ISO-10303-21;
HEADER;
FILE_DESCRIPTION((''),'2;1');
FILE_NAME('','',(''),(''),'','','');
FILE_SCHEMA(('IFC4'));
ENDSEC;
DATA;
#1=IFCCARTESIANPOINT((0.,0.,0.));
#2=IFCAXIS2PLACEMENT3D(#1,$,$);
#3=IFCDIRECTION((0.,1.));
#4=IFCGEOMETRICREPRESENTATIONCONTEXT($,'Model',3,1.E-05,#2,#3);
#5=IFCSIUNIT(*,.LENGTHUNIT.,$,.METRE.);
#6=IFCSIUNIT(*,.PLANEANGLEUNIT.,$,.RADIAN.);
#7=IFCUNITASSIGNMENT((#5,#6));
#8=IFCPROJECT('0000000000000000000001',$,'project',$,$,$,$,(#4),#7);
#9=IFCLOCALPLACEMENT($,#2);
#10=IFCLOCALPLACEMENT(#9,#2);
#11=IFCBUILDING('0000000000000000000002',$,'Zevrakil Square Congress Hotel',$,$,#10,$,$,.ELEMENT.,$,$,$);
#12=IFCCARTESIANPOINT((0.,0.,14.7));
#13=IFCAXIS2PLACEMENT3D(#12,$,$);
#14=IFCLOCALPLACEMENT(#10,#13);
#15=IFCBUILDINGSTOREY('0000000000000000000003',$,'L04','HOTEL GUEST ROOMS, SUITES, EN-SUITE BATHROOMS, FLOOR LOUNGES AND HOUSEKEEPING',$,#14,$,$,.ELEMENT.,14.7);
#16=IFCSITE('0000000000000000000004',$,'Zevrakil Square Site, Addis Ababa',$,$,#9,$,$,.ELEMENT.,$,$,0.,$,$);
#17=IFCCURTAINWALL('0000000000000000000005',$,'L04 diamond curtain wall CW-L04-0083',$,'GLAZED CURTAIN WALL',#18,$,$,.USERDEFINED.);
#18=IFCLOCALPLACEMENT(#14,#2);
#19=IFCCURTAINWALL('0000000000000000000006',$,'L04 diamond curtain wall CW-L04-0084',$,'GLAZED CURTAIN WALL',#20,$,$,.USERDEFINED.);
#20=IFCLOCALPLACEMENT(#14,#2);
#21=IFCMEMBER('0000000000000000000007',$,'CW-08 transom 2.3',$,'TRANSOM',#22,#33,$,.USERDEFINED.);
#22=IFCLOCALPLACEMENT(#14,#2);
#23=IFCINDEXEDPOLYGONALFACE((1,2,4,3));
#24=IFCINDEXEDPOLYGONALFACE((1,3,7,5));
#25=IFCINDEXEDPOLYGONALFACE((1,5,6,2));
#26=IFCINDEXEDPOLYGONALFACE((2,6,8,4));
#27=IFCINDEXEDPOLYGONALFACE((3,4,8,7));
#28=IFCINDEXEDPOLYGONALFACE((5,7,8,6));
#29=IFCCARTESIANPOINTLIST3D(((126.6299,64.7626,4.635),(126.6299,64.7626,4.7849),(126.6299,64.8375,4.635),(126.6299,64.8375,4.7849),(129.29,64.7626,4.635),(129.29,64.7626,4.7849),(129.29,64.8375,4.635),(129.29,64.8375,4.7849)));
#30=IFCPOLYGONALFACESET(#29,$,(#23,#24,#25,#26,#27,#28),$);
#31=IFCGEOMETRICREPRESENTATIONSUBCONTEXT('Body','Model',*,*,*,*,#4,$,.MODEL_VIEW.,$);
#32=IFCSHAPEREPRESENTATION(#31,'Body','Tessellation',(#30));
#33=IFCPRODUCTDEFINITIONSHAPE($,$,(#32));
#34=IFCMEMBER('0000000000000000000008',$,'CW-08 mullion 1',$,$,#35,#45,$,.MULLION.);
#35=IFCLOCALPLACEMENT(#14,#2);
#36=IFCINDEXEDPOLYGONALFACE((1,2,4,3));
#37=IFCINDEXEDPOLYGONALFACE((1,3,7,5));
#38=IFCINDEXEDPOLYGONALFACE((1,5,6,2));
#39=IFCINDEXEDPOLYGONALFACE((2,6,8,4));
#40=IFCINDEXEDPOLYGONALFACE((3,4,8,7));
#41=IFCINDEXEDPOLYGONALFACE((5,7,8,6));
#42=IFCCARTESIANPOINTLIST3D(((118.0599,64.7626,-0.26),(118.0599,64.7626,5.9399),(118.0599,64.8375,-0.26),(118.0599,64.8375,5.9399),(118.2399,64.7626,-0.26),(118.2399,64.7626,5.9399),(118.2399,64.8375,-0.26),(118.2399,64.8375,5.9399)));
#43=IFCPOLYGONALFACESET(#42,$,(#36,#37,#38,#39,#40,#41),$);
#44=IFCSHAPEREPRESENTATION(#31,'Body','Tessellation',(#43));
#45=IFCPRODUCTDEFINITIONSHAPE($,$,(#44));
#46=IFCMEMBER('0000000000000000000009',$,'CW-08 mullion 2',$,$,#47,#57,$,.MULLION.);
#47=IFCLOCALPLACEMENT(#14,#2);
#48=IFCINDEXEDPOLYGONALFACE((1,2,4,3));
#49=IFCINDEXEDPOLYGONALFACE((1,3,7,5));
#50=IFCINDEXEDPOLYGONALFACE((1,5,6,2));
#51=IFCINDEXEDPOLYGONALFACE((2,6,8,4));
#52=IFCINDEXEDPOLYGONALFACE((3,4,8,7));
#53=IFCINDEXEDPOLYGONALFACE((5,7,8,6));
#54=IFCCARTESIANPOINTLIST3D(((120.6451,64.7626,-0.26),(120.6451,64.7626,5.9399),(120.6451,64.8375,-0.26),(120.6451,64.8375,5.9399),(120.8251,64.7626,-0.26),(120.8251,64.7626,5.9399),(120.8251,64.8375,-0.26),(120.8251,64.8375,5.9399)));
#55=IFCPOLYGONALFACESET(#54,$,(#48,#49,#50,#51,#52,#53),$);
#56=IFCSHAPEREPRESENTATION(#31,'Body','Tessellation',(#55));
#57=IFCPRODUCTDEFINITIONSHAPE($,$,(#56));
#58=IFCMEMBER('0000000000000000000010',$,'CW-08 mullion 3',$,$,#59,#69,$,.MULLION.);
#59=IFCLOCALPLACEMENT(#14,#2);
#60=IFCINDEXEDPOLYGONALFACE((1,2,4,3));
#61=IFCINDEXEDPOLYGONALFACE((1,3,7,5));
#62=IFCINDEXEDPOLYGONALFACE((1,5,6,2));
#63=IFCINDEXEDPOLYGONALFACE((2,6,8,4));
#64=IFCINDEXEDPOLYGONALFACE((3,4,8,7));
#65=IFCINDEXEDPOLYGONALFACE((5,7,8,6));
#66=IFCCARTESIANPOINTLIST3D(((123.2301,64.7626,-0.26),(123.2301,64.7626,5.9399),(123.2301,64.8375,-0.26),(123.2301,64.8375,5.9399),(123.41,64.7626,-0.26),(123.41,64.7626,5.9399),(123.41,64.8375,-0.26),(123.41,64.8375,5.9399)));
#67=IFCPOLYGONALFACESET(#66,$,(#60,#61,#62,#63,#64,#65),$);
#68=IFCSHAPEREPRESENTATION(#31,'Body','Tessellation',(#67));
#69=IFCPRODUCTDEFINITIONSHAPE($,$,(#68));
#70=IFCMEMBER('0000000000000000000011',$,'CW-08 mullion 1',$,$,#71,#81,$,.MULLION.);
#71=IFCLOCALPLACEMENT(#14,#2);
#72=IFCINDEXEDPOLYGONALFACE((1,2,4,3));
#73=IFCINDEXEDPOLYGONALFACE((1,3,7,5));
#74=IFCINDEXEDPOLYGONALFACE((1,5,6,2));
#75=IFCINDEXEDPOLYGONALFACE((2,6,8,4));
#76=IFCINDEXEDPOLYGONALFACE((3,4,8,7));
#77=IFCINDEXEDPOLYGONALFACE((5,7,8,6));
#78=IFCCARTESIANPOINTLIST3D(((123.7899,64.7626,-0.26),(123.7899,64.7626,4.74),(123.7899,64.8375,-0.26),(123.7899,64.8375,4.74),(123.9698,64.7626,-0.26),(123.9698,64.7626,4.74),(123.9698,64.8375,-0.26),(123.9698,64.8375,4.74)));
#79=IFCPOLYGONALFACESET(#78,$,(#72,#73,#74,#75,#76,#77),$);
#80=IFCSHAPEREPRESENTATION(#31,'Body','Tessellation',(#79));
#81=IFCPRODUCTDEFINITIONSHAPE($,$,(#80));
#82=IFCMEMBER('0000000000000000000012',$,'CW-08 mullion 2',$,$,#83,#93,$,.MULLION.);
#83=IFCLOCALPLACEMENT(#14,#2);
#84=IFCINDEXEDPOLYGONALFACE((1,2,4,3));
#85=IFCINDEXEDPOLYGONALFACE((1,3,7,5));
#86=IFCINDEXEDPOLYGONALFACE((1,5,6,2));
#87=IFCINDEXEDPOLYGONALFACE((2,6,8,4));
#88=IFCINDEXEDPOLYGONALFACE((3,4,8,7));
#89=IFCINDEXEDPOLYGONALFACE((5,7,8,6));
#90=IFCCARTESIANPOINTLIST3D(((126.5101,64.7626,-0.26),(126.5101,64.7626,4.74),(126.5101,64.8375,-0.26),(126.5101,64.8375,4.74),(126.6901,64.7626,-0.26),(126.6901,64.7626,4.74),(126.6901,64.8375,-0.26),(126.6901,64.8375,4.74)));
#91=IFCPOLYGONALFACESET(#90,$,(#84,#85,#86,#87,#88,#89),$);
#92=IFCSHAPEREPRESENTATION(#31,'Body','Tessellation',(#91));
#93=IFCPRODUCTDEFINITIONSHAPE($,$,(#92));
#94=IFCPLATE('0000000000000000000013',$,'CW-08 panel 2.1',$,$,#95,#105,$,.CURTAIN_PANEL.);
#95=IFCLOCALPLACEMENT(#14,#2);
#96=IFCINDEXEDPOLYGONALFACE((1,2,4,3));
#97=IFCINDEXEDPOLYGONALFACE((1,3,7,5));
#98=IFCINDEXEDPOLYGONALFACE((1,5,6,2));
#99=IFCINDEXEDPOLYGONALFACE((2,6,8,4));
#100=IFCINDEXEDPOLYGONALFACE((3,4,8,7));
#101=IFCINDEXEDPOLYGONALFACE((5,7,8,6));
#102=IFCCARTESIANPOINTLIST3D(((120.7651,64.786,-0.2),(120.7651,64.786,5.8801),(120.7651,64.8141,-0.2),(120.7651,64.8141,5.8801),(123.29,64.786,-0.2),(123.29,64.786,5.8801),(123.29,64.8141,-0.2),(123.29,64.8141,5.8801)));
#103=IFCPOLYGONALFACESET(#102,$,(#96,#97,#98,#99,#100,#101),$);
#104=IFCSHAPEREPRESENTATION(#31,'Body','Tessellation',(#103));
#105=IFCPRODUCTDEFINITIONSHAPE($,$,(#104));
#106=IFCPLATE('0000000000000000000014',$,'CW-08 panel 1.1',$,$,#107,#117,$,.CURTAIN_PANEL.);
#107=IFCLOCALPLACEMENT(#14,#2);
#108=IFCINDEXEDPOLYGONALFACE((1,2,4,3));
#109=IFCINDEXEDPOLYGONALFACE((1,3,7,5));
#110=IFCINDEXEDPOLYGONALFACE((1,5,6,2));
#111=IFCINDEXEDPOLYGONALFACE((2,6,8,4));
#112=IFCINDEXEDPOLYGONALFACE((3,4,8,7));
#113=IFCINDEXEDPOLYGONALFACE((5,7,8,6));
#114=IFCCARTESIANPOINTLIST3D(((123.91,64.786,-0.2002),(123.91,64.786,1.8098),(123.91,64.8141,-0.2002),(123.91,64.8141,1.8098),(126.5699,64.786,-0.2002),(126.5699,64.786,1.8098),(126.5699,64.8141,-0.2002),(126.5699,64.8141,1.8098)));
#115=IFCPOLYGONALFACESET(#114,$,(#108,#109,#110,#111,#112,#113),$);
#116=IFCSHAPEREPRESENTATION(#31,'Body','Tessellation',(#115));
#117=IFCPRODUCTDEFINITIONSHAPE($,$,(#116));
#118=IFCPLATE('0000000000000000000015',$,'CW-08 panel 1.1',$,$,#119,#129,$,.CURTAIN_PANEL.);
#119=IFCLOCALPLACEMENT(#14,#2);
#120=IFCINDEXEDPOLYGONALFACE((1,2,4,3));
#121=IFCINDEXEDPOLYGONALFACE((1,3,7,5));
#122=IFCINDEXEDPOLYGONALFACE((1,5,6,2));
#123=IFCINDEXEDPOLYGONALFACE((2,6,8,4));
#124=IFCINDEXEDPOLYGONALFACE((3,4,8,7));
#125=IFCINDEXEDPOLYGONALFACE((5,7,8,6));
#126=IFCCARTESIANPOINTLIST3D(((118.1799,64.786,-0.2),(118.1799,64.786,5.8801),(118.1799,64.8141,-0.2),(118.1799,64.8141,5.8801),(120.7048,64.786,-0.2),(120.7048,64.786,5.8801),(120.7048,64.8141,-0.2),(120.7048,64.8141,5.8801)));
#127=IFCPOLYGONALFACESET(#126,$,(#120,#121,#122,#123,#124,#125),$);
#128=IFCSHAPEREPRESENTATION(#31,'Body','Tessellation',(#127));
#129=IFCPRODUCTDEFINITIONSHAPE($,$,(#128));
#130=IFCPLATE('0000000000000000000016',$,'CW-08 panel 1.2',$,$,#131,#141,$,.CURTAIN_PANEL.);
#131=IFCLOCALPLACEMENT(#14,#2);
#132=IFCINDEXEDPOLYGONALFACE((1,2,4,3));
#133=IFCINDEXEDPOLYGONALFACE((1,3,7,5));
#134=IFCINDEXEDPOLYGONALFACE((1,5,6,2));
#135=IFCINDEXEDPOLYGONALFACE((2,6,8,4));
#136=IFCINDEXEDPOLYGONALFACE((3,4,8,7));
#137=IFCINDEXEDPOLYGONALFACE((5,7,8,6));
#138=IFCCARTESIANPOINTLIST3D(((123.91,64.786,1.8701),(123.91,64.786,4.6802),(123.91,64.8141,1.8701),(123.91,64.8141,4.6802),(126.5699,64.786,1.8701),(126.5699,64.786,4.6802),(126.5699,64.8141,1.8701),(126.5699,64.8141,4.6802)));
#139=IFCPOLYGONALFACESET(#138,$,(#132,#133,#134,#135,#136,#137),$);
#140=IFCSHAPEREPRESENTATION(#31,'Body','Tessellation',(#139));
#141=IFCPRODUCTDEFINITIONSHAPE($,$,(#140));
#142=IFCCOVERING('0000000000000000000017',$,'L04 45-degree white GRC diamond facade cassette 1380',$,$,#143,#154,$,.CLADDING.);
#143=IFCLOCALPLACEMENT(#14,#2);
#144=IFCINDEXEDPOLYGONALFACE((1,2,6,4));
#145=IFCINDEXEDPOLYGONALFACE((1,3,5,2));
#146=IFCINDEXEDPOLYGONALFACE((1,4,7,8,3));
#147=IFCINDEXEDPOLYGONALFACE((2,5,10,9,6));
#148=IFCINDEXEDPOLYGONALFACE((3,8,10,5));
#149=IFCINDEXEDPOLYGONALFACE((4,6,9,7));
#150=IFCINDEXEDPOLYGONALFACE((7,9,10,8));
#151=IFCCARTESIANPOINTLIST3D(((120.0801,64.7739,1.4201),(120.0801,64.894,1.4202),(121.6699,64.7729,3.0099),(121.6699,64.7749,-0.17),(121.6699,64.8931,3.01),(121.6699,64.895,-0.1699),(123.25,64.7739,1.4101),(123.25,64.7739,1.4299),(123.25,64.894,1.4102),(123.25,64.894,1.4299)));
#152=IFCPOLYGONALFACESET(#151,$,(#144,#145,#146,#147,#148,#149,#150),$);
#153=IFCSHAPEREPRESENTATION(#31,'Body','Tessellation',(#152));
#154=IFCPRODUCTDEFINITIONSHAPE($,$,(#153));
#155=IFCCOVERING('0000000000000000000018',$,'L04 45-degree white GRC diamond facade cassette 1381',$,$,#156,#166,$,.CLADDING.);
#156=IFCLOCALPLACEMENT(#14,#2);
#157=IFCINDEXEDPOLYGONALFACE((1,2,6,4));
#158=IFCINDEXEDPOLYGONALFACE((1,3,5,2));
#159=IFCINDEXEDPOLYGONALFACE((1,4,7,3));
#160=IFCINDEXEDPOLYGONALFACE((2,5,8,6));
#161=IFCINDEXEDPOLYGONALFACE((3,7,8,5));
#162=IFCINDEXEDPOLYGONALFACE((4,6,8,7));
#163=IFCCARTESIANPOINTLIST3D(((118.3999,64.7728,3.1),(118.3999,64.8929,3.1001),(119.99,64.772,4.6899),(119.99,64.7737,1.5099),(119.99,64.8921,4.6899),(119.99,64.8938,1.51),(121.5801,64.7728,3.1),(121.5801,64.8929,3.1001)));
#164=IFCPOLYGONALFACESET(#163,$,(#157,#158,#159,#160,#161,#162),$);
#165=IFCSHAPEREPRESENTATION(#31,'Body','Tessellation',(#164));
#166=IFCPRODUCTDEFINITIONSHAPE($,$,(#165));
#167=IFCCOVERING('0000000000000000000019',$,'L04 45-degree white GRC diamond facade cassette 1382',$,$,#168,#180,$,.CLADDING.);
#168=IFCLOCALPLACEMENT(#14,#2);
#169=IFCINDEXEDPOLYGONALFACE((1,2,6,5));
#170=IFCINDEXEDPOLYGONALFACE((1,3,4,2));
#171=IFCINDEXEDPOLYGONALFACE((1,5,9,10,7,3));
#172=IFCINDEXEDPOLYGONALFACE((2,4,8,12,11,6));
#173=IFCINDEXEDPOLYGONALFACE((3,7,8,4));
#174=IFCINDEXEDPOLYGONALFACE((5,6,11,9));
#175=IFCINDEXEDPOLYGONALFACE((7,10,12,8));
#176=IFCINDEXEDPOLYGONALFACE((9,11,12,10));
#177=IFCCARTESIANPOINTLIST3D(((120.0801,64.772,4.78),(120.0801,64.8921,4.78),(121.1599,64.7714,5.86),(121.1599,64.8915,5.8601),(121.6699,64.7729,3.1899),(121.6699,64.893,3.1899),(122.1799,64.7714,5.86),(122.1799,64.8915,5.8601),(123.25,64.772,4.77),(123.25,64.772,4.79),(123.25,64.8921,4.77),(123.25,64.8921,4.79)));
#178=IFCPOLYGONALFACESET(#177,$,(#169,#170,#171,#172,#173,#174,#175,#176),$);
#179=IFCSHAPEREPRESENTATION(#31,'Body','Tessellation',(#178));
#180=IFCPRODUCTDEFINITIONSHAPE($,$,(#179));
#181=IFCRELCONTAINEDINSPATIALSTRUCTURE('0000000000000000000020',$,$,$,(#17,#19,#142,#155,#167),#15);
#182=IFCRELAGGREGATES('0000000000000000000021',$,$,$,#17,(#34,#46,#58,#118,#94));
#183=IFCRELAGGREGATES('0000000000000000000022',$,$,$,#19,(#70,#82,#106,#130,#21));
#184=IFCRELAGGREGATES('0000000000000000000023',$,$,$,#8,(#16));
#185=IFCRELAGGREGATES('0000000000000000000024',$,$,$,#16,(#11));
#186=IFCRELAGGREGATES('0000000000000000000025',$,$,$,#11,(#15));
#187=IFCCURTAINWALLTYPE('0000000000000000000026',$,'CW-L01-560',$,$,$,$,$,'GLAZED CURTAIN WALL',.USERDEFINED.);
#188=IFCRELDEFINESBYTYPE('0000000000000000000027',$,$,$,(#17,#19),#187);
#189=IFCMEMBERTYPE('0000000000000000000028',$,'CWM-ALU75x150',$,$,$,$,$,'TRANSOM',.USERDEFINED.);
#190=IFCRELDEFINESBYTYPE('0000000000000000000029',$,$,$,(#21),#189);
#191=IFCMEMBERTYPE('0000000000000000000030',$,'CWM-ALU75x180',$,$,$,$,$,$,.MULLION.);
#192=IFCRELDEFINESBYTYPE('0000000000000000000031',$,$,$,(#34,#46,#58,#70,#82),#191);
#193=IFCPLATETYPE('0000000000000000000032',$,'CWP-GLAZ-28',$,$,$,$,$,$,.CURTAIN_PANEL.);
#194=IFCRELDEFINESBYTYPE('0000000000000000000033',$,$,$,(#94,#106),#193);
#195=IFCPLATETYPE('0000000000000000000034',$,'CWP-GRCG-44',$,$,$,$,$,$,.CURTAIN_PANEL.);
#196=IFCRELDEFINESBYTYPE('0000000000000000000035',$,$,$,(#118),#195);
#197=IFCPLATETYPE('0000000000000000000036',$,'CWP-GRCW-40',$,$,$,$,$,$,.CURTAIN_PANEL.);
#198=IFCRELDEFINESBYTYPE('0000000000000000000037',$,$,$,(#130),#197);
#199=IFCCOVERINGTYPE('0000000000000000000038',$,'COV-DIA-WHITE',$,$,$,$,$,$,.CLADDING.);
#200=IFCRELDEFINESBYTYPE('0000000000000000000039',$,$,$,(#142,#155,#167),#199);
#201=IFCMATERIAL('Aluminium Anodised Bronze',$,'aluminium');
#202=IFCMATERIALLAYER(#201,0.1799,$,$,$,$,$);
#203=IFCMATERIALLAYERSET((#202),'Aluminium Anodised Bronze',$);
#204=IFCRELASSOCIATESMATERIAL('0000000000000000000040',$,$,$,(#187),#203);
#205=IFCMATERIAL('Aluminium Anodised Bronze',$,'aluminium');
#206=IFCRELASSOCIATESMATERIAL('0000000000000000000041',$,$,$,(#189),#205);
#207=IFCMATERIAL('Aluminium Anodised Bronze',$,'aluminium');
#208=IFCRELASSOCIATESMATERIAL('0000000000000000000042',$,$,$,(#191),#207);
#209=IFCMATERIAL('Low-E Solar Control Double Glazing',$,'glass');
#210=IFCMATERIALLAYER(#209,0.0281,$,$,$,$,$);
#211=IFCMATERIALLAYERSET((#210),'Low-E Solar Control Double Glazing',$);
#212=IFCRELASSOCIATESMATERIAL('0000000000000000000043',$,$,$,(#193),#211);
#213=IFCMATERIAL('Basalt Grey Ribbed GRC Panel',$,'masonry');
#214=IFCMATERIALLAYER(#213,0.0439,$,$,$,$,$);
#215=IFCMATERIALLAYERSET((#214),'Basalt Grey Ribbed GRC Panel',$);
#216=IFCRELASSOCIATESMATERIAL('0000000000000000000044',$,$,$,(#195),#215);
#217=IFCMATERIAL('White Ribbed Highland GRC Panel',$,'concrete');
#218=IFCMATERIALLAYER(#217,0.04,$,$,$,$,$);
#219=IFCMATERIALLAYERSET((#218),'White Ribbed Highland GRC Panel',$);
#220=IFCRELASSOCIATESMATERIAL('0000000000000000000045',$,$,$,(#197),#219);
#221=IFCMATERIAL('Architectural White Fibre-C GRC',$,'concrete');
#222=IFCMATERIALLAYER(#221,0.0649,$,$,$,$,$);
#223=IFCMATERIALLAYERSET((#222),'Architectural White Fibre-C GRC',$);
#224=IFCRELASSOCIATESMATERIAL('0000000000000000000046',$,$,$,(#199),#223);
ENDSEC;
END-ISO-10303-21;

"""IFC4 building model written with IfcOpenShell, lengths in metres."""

from ifc_helpers import new_model, si_unit, direction, frame, origin, origin_2d, place, context, subcontext, project, spatial, polyline, rectangle, outline, extrude, material, layer, layer_set, material_profile, profile_set, type_object, element, aggregate, save


model = new_model("IFC4")

# Units and contexts
model_context = context("Model", 3, precision=1e-05, world=origin(), true_north=direction((0.0, 1.0)))
body_context = subcontext(model_context, "Body", "Model", "MODEL_VIEW")
ifc_project = project(units=[si_unit("LENGTHUNIT", "METRE"), si_unit("PLANEANGLEUNIT", "RADIAN")], contexts=[model_context])

# Site, building, storey
site_placement = place(None, origin())
site = spatial("IfcSite", under=ifc_project, at=site_placement, Name="Zevrakil Square Site, Addis Ababa", CompositionType="ELEMENT", RefElevation=0.0)
building_placement = place(site_placement, origin())
building = spatial("IfcBuilding", under=site, at=building_placement, Name="Zevrakil Square Congress Hotel", CompositionType="ELEMENT")
storey_placement = place(building_placement, frame((0.0, 0.0, 14.7)))
storey = spatial("IfcBuildingStorey", under=building, at=storey_placement, Name="L04", Description="HOTEL GUEST ROOMS, SUITES, EN-SUITE BATHROOMS, FLOOR LOUNGES AND HOUSEKEEPING", CompositionType="ELEMENT", Elevation=14.7)

# Curtain walls, member
ifc_material_1 = material(Name="Aluminium Anodised Bronze", Category="aluminium")
ifc_layer_1 = layer(ifc_material_1, 0.1799)
ifc_layer_set_1 = layer_set([ifc_layer_1], Name="Aluminium Anodised Bronze")
curtain_wall_type = type_object("IfcCurtainWallType", Name="CW-L01-560", ElementType="GLAZED CURTAIN WALL", PredefinedType="USERDEFINED", material=ifc_layer_set_1)
curtain_wall_1_placement = place(storey_placement, origin())
curtain_wall_1 = element("IfcCurtainWall", 1, at=curtain_wall_1_placement, inside=storey, type_object=curtain_wall_type, Name="L04 diamond curtain wall CW-L04-0083", ObjectType="GLAZED CURTAIN WALL", PredefinedType="USERDEFINED")
ifc_material_2 = material(Name="Aluminium Anodised Bronze", Category="aluminium")
ifc_material_profile_1 = material_profile(ifc_material_2, rectangle(XDim=0.075, YDim=0.1499, at=origin_2d()), Name="ALU 75x150")
ifc_profile_set_1 = profile_set([ifc_material_profile_1], Name="Aluminium Anodised Bronze")
member_type_1 = type_object("IfcMemberType", Name="CWM-ALU75x150", ElementType="TRANSOM", PredefinedType="USERDEFINED", material=ifc_profile_set_1)
curtain_wall_2_placement = place(storey_placement, origin())
curtain_wall_2 = element("IfcCurtainWall", 2, at=curtain_wall_2_placement, inside=storey, type_object=curtain_wall_type, Name="L04 diamond curtain wall CW-L04-0084", ObjectType="GLAZED CURTAIN WALL", PredefinedType="USERDEFINED")
member_1_placement = place(storey_placement, frame((126.6299, 64.8, 4.71), z_axis=(1.0, 0.0, 0.0), x_axis=(0.0, 1.0, 0.0)))
member_1 = element("IfcMember", 3, at=member_1_placement, type_object=member_type_1, Name="CW-08 transom 2.3", ObjectType="TRANSOM", PredefinedType="USERDEFINED", context=body_context, shape_type="SweptSolid", body=[
    extrude(rectangle(XDim=0.075, YDim=0.1499, at=origin_2d()), origin(), (0.0, 0.0, 1.0), 2.6602),
])

# Members
ifc_material_3 = material(Name="Aluminium Anodised Bronze", Category="aluminium")
ifc_material_profile_2 = material_profile(ifc_material_3, rectangle(XDim=0.075, YDim=0.1799, at=origin_2d()), Name="ALU 75x180")
ifc_profile_set_2 = profile_set([ifc_material_profile_2], Name="Aluminium Anodised Bronze")
member_type_2 = type_object("IfcMemberType", Name="CWM-ALU75x180", PredefinedType="MULLION", material=ifc_profile_set_2)
member_2_placement = place(storey_placement, frame((118.1499, 64.8, -0.26), z_axis=(0.0, 0.0, 1.0), x_axis=(0.0, 1.0, 0.0)))
member_2 = element("IfcMember", 4, at=member_2_placement, type_object=member_type_2, Name="CW-08 mullion 1", PredefinedType="MULLION", context=body_context, shape_type="SweptSolid", body=[
    extrude(rectangle(XDim=0.075, YDim=0.1799, at=origin_2d()), origin(), (0.0, 0.0, 1.0), 6.2),
])
member_3_placement = place(storey_placement, frame((120.7351, 64.8, -0.26), z_axis=(0.0, 0.0, 1.0), x_axis=(0.0, 1.0, 0.0)))
member_3 = element("IfcMember", 5, at=member_3_placement, type_object=member_type_2, Name="CW-08 mullion 2", PredefinedType="MULLION", context=body_context, shape_type="SweptSolid", body=[
    extrude(rectangle(XDim=0.075, YDim=0.1799, at=origin_2d()), origin(), (0.0, 0.0, 1.0), 6.2),
])
member_4_placement = place(storey_placement, frame((123.3201, 64.8, -0.26), z_axis=(0.0, 0.0, 1.0), x_axis=(0.0, 1.0, 0.0)))
member_4 = element("IfcMember", 6, at=member_4_placement, type_object=member_type_2, Name="CW-08 mullion 3", PredefinedType="MULLION", context=body_context, shape_type="SweptSolid", body=[
    extrude(rectangle(XDim=0.075, YDim=0.1799, at=origin_2d()), origin(), (0.0, 0.0, 1.0), 6.2),
])
member_5_placement = place(storey_placement, frame((123.8799, 64.8, -0.26), z_axis=(0.0, 0.0, 1.0), x_axis=(0.0, 1.0, 0.0)))
member_5 = element("IfcMember", 7, at=member_5_placement, type_object=member_type_2, Name="CW-08 mullion 1", PredefinedType="MULLION", context=body_context, shape_type="SweptSolid", body=[
    extrude(rectangle(XDim=0.075, YDim=0.1799, at=origin_2d()), origin(), (0.0, 0.0, 1.0), 5.0),
])
member_6_placement = place(storey_placement, frame((126.6001, 64.8, -0.26), z_axis=(0.0, 0.0, 1.0), x_axis=(0.0, 1.0, 0.0)))
member_6 = element("IfcMember", 8, at=member_6_placement, type_object=member_type_2, Name="CW-08 mullion 2", PredefinedType="MULLION", context=body_context, shape_type="SweptSolid", body=[
    extrude(rectangle(XDim=0.075, YDim=0.1799, at=origin_2d()), origin(), (0.0, 0.0, 1.0), 5.0),
])

# Plates
ifc_material_4 = material(Name="Low-E Solar Control Double Glazing", Category="glass")
ifc_layer_2 = layer(ifc_material_4, 0.0281)
ifc_layer_set_2 = layer_set([ifc_layer_2], Name="Low-E Solar Control Double Glazing")
plate_type_1 = type_object("IfcPlateType", Name="CWP-GLAZ-28", PredefinedType="CURTAIN_PANEL", material=ifc_layer_set_2)
plate_1_placement = place(storey_placement, frame((122.0276, 64.8, -0.2), z_axis=(0.0, 0.0, 1.0), x_axis=(1.0, 0.0, 0.0)))
plate_1 = element("IfcPlate", 9, at=plate_1_placement, type_object=plate_type_1, Name="CW-08 panel 2.1", PredefinedType="CURTAIN_PANEL", context=body_context, shape_type="SweptSolid", body=[
    extrude(rectangle(XDim=2.5249, YDim=0.0281, at=origin_2d()), origin(), (0.0, 0.0, 1.0), 6.0801),
])
plate_2_placement = place(storey_placement, frame((125.24, 64.8, -0.2002), z_axis=(0.0, 0.0, 1.0), x_axis=(1.0, 0.0, 0.0)))
plate_2 = element("IfcPlate", 10, at=plate_2_placement, type_object=plate_type_1, Name="CW-08 panel 1.1", PredefinedType="CURTAIN_PANEL", context=body_context, shape_type="SweptSolid", body=[
    extrude(rectangle(XDim=2.6599, YDim=0.0281, at=origin_2d()), origin(), (0.0, 0.0, 1.0), 2.01),
])
ifc_material_5 = material(Name="Basalt Grey Ribbed GRC Panel", Category="masonry")
ifc_layer_3 = layer(ifc_material_5, 0.0439)
ifc_layer_set_3 = layer_set([ifc_layer_3], Name="Basalt Grey Ribbed GRC Panel")
plate_type_2 = type_object("IfcPlateType", Name="CWP-GRCG-44", PredefinedType="CURTAIN_PANEL", material=ifc_layer_set_3)
plate_3_placement = place(storey_placement, frame((119.4424, 64.8, -0.2), z_axis=(0.0, 0.0, 1.0), x_axis=(1.0, 0.0, 0.0)))
plate_3 = element("IfcPlate", 11, at=plate_3_placement, type_object=plate_type_2, Name="CW-08 panel 1.1", PredefinedType="CURTAIN_PANEL", context=body_context, shape_type="SweptSolid", body=[
    extrude(rectangle(XDim=2.5249, YDim=0.0281, at=origin_2d()), origin(), (0.0, 0.0, 1.0), 6.0801),
])
aggregate(curtain_wall_1, [member_2, member_3, member_4, plate_3, plate_1])
ifc_material_6 = material(Name="White Ribbed Highland GRC Panel", Category="concrete")
ifc_layer_4 = layer(ifc_material_6, 0.04)
ifc_layer_set_4 = layer_set([ifc_layer_4], Name="White Ribbed Highland GRC Panel")
plate_type_3 = type_object("IfcPlateType", Name="CWP-GRCW-40", PredefinedType="CURTAIN_PANEL", material=ifc_layer_set_4)
plate_4_placement = place(storey_placement, frame((125.24, 64.8, 1.8701), z_axis=(0.0, 0.0, 1.0), x_axis=(1.0, 0.0, 0.0)))
plate_4 = element("IfcPlate", 12, at=plate_4_placement, type_object=plate_type_3, Name="CW-08 panel 1.2", PredefinedType="CURTAIN_PANEL", context=body_context, shape_type="SweptSolid", body=[
    extrude(rectangle(XDim=2.6599, YDim=0.0281, at=origin_2d()), origin(), (0.0, 0.0, 1.0), 2.8101),
])
aggregate(curtain_wall_2, [member_5, member_6, plate_2, plate_4, member_1])

# Coverings
ifc_material_7 = material(Name="Architectural White Fibre-C GRC", Category="concrete")
ifc_layer_5 = layer(ifc_material_7, 0.0649)
ifc_layer_set_5 = layer_set([ifc_layer_5], Name="Architectural White Fibre-C GRC")
covering_type = type_object("IfcCoveringType", Name="COV-DIA-WHITE", PredefinedType="CLADDING", material=ifc_layer_set_5)
covering_1_placement = place(storey_placement, frame((121.6699, 64.8931, 3.01), z_axis=(0.0, 1.0, 0.000612), x_axis=(-0.707107, 0.000433, -0.707107)))
element("IfcCovering", 13, at=covering_1_placement, inside=storey, type_object=covering_type, Name="L04 45-degree white GRC diamond facade cassette 1380", PredefinedType="CLADDING", context=body_context, shape_type="SweptSolid", body=[
    extrude(outline(polyline([(0.0, 0.0), (2.2484, 0.0), (2.2486, -2.2486), (0.014, -2.2486), (0.0, -2.2346), (0.0, 0.0)])), origin(), (0.0, 0.0, -1.0), 0.1201),
])
covering_2_placement = place(storey_placement, frame((119.99, 64.8921, 4.6899), z_axis=(0.0, 1.0, 0.000537), x_axis=(-0.707161, 0.00038, -0.707052)))
element("IfcCovering", 14, at=covering_2_placement, inside=storey, type_object=covering_type, Name="L04 45-degree white GRC diamond facade cassette 1381", PredefinedType="CLADDING", context=body_context, shape_type="SweptSolid", body=[
    extrude(outline(polyline([(0.0, 0.0), (2.2486, 0.0), (2.2484, -2.2487), (-0.0003, -2.2486), (0.0, 0.0)])), origin(), (0.0, 0.0, -1.0), 0.1201),
])
covering_3_placement = place(storey_placement, frame((120.0801, 64.8921, 4.78), z_axis=(0.0, 1.0, 0.000562), x_axis=(0.707052, 0.000397, -0.707161)))
element("IfcCovering", 15, at=covering_3_placement, inside=storey, type_object=covering_type, Name="L04 45-degree white GRC diamond facade cassette 1382", PredefinedType="CLADDING", context=body_context, shape_type="SweptSolid", body=[
    extrude(outline(polyline([(0.0, 0.0), (2.2486, 0.0), (2.2484, -2.2346), (2.2342, -2.2487), (0.7209, -2.2486), (-0.0003, -1.5273), (0.0, 0.0)])), origin(), (0.0, 0.0, -1.0), 0.1201),
])

save(model, "model.ifc")
